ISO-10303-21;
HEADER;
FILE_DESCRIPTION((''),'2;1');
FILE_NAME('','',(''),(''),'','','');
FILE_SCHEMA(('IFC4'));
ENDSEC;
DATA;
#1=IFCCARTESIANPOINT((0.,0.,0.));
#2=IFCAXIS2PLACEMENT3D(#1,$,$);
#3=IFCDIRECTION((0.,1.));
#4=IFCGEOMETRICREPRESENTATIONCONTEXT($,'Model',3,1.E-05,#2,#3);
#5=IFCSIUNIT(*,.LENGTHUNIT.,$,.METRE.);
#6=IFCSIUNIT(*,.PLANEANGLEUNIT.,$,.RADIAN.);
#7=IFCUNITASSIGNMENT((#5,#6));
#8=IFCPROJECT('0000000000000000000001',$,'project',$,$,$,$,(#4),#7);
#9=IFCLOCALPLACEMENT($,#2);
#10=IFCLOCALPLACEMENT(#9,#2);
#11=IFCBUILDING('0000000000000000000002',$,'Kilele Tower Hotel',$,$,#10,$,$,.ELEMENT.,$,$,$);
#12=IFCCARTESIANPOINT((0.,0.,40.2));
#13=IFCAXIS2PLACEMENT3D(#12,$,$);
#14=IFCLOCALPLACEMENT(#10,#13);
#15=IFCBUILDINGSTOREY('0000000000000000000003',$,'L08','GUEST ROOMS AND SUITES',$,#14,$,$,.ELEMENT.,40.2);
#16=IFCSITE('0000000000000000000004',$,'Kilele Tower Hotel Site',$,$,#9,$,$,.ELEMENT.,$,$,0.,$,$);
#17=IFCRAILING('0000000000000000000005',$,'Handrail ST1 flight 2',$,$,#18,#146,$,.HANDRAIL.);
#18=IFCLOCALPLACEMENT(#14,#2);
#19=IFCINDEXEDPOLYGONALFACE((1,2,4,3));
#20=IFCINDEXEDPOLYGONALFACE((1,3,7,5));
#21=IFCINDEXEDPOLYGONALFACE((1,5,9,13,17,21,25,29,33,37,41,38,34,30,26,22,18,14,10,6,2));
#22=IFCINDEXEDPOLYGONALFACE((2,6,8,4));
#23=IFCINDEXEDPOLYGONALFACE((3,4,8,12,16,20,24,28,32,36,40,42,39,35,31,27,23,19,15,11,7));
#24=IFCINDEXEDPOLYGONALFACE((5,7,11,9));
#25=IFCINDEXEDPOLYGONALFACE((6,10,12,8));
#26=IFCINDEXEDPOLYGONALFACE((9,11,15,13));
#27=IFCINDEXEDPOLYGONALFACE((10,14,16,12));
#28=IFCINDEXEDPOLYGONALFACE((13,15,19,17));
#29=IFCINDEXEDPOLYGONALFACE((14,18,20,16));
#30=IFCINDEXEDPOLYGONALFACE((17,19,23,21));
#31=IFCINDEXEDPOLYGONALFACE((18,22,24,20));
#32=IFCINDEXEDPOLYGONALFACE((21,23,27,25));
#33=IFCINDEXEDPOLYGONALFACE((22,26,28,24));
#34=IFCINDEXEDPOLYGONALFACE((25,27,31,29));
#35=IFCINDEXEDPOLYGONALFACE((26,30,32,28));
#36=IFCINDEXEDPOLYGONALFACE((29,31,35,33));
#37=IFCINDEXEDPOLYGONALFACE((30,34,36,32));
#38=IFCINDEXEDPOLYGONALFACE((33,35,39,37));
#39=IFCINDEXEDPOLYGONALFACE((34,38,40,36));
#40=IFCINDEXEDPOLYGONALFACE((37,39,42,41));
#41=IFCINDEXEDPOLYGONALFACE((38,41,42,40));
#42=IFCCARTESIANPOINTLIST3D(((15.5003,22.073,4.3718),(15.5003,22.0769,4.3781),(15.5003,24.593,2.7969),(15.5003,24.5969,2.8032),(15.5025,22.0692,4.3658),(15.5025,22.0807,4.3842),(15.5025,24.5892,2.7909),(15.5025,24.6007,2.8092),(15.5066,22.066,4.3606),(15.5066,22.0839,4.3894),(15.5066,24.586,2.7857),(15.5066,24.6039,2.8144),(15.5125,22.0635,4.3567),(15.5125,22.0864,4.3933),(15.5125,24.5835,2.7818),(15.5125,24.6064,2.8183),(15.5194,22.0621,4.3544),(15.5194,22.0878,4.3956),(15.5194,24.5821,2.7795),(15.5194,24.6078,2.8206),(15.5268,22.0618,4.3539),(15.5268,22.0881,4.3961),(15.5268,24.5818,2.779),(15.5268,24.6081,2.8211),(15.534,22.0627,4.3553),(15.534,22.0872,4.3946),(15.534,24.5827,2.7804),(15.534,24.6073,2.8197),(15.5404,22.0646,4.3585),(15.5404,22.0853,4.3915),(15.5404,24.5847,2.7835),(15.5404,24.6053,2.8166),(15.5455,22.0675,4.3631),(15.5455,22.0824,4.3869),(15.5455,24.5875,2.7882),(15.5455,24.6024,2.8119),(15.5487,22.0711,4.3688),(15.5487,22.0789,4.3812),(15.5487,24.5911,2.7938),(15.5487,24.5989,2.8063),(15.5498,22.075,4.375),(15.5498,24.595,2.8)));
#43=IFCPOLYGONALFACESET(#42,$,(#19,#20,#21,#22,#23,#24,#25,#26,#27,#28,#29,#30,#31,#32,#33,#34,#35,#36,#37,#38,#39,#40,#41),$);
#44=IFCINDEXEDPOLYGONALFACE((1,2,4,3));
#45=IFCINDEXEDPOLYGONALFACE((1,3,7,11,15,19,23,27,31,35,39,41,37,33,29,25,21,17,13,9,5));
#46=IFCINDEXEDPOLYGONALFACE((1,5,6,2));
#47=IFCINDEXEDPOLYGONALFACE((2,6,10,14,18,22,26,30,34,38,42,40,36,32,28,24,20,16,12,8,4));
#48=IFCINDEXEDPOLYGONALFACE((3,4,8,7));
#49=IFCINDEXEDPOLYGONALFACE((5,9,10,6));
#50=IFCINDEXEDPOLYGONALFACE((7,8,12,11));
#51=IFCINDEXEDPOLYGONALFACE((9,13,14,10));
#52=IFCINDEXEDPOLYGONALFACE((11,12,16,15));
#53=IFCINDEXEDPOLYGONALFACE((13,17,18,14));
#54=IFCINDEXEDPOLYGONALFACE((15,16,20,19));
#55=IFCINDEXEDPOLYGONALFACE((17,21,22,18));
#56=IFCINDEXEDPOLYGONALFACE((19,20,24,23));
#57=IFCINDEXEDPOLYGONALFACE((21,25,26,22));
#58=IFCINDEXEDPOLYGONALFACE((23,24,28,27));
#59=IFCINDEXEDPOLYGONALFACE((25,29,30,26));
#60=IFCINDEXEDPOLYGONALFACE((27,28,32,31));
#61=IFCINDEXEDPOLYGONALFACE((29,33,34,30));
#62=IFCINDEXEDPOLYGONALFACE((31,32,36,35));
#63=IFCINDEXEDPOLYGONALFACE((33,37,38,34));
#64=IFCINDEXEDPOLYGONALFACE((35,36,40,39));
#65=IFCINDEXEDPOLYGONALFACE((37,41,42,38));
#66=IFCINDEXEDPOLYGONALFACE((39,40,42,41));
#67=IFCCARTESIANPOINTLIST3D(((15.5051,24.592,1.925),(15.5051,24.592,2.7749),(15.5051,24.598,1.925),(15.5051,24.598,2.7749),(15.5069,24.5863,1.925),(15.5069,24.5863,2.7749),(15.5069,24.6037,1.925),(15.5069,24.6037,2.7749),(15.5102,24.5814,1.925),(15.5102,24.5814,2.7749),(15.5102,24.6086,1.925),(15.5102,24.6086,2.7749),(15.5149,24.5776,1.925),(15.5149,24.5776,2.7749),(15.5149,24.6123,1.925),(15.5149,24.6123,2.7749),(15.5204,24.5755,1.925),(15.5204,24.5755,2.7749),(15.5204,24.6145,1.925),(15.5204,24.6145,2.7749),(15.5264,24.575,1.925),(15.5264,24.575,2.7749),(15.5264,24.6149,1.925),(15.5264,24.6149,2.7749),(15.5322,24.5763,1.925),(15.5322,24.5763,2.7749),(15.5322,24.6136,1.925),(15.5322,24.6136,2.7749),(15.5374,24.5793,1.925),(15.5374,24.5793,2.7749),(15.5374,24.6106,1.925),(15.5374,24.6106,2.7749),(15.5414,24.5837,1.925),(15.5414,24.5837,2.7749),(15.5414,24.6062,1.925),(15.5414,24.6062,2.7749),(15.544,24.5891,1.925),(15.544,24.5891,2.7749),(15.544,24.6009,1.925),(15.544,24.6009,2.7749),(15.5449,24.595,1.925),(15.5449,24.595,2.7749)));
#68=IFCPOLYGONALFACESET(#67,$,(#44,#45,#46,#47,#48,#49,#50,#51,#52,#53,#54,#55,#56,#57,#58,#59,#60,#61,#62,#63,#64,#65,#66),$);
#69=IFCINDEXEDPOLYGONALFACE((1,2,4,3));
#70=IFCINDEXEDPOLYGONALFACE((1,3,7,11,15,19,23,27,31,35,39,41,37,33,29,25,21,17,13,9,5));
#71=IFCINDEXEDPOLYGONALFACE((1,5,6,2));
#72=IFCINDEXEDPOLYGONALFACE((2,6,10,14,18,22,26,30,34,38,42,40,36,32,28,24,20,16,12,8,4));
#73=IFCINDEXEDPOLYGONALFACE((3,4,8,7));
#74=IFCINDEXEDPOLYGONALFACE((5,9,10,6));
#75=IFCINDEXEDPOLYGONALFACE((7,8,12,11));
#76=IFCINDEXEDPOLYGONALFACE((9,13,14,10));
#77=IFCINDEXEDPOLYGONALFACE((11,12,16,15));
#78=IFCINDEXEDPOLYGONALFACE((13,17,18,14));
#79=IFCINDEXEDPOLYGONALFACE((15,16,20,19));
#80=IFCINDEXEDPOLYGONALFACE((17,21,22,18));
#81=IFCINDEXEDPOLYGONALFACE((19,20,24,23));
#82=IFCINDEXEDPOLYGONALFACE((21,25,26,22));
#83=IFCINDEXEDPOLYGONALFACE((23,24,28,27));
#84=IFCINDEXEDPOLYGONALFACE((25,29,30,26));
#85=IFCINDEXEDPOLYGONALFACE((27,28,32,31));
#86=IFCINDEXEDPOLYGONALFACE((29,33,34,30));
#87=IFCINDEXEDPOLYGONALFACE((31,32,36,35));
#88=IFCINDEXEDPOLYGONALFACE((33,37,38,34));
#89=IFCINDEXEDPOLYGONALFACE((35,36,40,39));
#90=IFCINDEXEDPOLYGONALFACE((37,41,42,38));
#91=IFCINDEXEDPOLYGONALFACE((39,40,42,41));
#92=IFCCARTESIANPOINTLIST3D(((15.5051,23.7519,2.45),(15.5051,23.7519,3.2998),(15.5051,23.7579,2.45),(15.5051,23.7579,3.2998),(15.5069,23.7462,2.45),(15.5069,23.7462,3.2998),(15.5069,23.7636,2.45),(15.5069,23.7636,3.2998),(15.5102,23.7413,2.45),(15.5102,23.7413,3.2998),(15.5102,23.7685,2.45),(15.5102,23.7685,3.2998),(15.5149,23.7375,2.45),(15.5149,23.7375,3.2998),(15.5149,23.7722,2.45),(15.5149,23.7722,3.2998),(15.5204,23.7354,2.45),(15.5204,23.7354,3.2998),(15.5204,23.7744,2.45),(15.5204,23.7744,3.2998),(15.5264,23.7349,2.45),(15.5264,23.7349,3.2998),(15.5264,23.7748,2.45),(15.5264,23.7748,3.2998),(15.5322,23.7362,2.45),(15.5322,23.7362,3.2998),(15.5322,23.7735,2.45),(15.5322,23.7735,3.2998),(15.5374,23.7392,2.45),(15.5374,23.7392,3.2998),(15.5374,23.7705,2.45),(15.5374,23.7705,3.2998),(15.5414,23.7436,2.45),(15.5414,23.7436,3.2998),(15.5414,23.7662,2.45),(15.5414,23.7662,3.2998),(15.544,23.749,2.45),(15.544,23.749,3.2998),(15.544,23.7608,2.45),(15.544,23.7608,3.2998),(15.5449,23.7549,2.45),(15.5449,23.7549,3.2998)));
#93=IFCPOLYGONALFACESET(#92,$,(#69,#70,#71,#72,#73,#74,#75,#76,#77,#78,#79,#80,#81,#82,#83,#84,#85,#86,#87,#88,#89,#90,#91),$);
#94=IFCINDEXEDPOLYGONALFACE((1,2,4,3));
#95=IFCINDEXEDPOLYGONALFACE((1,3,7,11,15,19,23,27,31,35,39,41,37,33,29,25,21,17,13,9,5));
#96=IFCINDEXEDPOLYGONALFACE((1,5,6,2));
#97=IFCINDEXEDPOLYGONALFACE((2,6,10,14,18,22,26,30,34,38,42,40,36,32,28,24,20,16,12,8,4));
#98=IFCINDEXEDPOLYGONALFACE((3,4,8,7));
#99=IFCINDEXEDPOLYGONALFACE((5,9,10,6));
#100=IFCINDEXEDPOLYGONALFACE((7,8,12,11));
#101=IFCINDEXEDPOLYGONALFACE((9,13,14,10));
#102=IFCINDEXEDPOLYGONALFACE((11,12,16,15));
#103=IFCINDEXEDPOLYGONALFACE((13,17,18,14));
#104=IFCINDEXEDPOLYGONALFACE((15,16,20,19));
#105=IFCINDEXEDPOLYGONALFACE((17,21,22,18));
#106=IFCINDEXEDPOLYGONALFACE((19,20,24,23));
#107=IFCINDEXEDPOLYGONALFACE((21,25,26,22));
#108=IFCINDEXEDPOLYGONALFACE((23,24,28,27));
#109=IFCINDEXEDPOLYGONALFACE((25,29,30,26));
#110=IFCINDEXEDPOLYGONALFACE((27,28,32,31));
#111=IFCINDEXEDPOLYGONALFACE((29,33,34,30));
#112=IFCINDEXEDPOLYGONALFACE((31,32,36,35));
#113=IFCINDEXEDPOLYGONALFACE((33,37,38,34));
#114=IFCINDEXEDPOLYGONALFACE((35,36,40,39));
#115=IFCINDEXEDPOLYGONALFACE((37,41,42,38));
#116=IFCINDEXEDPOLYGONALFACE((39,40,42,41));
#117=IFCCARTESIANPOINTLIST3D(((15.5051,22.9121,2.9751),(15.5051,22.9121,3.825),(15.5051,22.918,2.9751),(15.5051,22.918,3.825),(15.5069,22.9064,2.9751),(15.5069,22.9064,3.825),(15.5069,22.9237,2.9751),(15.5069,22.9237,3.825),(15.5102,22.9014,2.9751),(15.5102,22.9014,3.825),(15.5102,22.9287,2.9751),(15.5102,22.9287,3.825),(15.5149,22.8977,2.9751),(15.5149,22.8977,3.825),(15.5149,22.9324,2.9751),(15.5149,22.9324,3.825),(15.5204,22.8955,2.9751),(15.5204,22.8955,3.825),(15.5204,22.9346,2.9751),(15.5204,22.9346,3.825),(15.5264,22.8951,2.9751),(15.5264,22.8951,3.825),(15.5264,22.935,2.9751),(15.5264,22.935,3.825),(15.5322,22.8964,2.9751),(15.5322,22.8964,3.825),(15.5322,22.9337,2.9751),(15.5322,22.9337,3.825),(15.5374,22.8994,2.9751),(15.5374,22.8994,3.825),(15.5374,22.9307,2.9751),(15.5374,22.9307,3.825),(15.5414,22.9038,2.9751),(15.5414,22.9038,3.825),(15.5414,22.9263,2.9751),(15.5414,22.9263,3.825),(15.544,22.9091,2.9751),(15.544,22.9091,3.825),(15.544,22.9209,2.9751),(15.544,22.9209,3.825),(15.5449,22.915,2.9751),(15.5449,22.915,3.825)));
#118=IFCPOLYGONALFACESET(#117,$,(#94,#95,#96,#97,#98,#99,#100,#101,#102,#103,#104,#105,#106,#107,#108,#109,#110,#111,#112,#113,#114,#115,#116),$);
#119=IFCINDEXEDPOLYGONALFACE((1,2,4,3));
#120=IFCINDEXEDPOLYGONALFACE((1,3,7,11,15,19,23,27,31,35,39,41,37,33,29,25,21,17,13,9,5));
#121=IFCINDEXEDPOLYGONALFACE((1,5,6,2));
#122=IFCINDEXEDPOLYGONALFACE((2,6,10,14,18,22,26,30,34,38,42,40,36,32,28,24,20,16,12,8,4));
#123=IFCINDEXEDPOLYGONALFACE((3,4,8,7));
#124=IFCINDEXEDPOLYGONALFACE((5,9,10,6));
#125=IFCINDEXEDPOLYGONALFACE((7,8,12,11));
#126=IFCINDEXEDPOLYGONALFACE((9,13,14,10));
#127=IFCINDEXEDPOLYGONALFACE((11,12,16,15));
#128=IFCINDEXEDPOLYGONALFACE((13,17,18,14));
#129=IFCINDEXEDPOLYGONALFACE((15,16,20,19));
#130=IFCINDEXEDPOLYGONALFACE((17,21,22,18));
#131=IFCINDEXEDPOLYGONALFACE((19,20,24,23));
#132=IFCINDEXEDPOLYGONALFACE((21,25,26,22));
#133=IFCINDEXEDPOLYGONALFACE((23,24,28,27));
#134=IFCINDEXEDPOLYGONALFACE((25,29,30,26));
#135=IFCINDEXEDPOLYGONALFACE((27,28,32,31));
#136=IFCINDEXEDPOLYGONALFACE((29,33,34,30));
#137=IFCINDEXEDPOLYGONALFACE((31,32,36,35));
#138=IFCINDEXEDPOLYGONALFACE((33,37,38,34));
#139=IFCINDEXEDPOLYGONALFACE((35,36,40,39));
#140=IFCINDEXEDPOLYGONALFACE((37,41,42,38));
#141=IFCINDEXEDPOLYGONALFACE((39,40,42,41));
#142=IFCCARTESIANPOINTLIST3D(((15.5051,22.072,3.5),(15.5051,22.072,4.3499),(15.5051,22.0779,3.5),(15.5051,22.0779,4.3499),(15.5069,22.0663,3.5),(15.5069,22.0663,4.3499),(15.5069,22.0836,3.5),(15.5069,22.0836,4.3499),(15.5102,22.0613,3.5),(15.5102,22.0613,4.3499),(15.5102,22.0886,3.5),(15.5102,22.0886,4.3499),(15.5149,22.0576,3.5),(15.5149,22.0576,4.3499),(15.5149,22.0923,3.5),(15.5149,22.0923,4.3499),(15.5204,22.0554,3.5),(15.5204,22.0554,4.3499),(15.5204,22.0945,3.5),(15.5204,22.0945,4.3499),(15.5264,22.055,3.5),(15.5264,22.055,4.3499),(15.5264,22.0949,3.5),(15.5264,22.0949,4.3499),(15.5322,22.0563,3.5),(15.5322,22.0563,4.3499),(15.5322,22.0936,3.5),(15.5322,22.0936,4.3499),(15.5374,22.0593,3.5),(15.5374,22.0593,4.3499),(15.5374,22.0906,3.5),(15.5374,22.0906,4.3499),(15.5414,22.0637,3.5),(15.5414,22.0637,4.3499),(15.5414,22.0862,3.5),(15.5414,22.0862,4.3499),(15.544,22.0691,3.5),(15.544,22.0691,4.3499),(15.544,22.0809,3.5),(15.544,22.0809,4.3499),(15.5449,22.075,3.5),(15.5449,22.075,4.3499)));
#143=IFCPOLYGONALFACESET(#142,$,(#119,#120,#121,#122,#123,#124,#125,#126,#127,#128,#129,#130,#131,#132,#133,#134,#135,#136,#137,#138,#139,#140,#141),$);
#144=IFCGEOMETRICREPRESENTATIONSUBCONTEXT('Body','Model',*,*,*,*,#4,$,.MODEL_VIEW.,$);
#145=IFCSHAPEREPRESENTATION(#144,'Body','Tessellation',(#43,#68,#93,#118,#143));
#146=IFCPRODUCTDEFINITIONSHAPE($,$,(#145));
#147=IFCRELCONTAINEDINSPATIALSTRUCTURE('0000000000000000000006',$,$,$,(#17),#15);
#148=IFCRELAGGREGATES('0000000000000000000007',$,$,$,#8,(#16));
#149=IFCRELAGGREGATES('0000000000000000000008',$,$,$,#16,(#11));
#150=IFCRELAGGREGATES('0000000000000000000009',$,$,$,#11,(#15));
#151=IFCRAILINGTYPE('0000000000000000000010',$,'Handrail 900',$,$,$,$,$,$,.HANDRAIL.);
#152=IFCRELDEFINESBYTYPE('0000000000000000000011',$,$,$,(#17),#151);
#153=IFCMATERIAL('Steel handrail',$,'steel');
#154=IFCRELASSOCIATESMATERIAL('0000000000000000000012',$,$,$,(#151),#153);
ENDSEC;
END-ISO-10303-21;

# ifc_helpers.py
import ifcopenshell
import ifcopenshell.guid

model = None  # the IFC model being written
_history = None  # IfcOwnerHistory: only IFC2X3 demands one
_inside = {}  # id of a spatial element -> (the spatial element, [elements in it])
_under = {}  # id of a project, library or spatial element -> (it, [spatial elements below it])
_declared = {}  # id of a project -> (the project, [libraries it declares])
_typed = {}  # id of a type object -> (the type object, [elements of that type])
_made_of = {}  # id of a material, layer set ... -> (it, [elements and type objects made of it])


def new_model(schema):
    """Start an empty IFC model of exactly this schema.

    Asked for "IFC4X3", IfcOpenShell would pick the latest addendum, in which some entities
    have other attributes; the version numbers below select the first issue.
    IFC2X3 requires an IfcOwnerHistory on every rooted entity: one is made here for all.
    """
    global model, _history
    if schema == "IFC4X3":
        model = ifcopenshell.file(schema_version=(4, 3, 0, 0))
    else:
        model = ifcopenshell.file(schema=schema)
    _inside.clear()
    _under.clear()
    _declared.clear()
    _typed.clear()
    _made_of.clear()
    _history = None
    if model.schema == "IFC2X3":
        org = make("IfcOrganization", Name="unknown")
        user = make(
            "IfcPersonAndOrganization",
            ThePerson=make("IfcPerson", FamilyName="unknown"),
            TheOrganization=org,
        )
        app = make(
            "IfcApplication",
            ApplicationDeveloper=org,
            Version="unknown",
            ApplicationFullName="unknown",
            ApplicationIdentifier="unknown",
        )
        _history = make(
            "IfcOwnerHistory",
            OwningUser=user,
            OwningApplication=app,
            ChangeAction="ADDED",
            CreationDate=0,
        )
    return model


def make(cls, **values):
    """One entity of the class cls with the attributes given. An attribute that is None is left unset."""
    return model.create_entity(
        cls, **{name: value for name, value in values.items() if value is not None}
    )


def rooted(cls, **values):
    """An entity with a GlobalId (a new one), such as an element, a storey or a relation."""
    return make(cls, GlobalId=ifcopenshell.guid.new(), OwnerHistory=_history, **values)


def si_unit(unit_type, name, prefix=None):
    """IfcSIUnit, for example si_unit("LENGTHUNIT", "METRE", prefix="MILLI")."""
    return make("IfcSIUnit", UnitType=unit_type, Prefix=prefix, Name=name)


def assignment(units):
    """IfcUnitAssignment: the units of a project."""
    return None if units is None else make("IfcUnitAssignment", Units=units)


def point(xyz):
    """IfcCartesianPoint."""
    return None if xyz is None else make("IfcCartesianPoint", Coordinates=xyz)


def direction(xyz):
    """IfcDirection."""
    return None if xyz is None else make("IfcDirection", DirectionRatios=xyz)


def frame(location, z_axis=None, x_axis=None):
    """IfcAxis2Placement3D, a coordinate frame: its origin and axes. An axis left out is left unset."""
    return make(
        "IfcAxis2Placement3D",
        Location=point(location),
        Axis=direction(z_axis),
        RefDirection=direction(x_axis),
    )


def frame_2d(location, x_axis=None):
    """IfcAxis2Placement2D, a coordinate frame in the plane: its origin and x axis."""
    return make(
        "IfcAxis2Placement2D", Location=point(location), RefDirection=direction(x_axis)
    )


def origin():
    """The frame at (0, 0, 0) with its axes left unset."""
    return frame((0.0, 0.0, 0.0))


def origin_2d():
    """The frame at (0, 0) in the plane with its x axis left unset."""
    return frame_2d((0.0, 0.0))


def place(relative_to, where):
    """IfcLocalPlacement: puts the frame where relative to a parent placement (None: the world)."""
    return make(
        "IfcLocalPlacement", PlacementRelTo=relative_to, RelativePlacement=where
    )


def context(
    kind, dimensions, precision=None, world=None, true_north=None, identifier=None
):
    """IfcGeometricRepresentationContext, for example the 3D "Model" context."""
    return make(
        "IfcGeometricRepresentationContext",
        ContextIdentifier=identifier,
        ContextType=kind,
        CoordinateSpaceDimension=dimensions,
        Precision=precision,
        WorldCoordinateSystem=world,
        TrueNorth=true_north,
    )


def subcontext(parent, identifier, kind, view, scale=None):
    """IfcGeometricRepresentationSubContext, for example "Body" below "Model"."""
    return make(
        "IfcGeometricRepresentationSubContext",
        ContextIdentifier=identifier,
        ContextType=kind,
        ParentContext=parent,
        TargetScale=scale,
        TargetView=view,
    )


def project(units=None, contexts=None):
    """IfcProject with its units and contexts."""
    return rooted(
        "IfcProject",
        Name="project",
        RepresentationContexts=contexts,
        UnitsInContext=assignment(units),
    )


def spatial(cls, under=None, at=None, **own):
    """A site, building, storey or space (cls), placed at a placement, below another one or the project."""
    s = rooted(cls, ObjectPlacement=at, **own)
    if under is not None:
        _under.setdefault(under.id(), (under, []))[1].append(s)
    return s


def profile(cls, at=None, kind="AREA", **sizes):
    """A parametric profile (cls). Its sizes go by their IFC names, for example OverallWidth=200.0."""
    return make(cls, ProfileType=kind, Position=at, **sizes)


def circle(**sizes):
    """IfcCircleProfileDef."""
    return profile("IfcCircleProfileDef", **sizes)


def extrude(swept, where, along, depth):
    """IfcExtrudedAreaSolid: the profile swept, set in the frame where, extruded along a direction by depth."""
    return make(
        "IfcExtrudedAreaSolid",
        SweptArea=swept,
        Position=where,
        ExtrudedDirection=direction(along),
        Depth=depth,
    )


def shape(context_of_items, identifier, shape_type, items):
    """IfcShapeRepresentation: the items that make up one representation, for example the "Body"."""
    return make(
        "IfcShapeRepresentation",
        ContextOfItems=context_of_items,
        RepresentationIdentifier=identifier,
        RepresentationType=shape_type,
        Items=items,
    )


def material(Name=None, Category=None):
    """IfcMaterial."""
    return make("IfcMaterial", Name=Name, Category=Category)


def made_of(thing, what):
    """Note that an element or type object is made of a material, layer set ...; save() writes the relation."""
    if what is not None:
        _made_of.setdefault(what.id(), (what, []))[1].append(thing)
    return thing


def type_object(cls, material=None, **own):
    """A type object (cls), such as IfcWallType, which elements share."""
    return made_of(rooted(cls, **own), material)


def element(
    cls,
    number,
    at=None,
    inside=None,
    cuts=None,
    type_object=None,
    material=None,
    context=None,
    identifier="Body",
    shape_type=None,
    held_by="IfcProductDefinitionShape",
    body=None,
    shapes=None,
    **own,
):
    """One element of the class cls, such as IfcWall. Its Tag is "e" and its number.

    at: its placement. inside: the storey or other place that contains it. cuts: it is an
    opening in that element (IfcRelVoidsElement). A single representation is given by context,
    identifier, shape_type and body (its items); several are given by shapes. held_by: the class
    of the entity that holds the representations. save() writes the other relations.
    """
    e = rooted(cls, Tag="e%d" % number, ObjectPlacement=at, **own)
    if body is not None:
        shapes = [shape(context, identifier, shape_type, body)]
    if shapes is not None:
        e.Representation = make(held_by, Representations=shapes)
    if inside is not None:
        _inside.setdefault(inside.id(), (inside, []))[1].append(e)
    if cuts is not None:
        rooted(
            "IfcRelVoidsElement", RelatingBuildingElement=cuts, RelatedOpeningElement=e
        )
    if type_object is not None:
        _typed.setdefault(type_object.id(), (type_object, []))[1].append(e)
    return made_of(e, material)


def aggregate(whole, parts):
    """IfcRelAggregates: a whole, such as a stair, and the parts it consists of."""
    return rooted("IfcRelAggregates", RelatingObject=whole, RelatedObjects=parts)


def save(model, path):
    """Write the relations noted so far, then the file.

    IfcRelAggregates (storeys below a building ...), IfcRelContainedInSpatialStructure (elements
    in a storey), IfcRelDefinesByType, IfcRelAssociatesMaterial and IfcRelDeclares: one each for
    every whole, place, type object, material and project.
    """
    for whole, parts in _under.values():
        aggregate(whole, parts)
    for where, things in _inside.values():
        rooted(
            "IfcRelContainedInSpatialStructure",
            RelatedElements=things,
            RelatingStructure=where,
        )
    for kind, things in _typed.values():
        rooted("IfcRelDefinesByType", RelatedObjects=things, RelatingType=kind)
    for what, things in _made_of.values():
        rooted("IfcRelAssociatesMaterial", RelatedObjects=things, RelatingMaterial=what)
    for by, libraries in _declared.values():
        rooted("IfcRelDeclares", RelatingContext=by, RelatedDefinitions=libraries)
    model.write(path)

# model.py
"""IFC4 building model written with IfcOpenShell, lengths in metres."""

from ifc_helpers import new_model, si_unit, direction, frame, origin, origin_2d, place, context, subcontext, project, spatial, circle, extrude, material, type_object, element, save


model = new_model("IFC4")

# Units and contexts
model_context = context("Model", 3, precision=1e-05, world=origin(), true_north=direction((0.0, 1.0)))
body_context = subcontext(model_context, "Body", "Model", "MODEL_VIEW")
ifc_project = project(units=[si_unit("LENGTHUNIT", "METRE"), si_unit("PLANEANGLEUNIT", "RADIAN")], contexts=[model_context])

# Site, building, storey
site_placement = place(None, origin())
site = spatial("IfcSite", under=ifc_project, at=site_placement, Name="Kilele Tower Hotel Site", CompositionType="ELEMENT", RefElevation=0.0)
building_placement = place(site_placement, origin())
building = spatial("IfcBuilding", under=site, at=building_placement, Name="Kilele Tower Hotel", CompositionType="ELEMENT")
storey_placement = place(building_placement, frame((0.0, 0.0, 40.2)))
storey = spatial("IfcBuildingStorey", under=building, at=storey_placement, Name="L08", Description="GUEST ROOMS AND SUITES", CompositionType="ELEMENT", Elevation=40.2)

# Railing
ifc_material_1 = material(Name="Steel handrail", Category="steel")
railing_type_1 = type_object("IfcRailingType", Name="Handrail 900", PredefinedType="HANDRAIL", material=ifc_material_1)
for number, where, name in (
    (1, (15.5249, 24.595, 1.925), "Handrail ST1 flight 2"),
):
    element("IfcRailing", number, at=place(storey_placement, frame(where)), inside=storey, type_object=railing_type_1, Name=name, PredefinedType="HANDRAIL", context=body_context, shape_type="SweptSolid", body=[
        extrude(circle(Radius=0.0249, at=origin_2d()), frame((0.0, 0.0, 0.875), z_axis=(0.0, -0.848008, 0.529984), x_axis=(1.0, 0.0, 0.0)), (0.0, 0.0, 1.0), 2.9717),
        extrude(circle(Radius=0.02, at=origin_2d()), origin(), (0.0, 0.0, 1.0), 0.8499),
        extrude(circle(Radius=0.02, at=origin_2d()), frame((0.0, -0.8401, 0.5249)), (0.0, 0.0, 1.0), 0.8499),
        extrude(circle(Radius=0.02, at=origin_2d()), frame((0.0, -1.6799, 1.05)), (0.0, 0.0, 1.0), 0.8499),
        extrude(circle(Radius=0.02, at=origin_2d()), frame((0.0, -2.52, 1.575)), (0.0, 0.0, 1.0), 0.8499),
    ])

save(model, "model.ifc")
